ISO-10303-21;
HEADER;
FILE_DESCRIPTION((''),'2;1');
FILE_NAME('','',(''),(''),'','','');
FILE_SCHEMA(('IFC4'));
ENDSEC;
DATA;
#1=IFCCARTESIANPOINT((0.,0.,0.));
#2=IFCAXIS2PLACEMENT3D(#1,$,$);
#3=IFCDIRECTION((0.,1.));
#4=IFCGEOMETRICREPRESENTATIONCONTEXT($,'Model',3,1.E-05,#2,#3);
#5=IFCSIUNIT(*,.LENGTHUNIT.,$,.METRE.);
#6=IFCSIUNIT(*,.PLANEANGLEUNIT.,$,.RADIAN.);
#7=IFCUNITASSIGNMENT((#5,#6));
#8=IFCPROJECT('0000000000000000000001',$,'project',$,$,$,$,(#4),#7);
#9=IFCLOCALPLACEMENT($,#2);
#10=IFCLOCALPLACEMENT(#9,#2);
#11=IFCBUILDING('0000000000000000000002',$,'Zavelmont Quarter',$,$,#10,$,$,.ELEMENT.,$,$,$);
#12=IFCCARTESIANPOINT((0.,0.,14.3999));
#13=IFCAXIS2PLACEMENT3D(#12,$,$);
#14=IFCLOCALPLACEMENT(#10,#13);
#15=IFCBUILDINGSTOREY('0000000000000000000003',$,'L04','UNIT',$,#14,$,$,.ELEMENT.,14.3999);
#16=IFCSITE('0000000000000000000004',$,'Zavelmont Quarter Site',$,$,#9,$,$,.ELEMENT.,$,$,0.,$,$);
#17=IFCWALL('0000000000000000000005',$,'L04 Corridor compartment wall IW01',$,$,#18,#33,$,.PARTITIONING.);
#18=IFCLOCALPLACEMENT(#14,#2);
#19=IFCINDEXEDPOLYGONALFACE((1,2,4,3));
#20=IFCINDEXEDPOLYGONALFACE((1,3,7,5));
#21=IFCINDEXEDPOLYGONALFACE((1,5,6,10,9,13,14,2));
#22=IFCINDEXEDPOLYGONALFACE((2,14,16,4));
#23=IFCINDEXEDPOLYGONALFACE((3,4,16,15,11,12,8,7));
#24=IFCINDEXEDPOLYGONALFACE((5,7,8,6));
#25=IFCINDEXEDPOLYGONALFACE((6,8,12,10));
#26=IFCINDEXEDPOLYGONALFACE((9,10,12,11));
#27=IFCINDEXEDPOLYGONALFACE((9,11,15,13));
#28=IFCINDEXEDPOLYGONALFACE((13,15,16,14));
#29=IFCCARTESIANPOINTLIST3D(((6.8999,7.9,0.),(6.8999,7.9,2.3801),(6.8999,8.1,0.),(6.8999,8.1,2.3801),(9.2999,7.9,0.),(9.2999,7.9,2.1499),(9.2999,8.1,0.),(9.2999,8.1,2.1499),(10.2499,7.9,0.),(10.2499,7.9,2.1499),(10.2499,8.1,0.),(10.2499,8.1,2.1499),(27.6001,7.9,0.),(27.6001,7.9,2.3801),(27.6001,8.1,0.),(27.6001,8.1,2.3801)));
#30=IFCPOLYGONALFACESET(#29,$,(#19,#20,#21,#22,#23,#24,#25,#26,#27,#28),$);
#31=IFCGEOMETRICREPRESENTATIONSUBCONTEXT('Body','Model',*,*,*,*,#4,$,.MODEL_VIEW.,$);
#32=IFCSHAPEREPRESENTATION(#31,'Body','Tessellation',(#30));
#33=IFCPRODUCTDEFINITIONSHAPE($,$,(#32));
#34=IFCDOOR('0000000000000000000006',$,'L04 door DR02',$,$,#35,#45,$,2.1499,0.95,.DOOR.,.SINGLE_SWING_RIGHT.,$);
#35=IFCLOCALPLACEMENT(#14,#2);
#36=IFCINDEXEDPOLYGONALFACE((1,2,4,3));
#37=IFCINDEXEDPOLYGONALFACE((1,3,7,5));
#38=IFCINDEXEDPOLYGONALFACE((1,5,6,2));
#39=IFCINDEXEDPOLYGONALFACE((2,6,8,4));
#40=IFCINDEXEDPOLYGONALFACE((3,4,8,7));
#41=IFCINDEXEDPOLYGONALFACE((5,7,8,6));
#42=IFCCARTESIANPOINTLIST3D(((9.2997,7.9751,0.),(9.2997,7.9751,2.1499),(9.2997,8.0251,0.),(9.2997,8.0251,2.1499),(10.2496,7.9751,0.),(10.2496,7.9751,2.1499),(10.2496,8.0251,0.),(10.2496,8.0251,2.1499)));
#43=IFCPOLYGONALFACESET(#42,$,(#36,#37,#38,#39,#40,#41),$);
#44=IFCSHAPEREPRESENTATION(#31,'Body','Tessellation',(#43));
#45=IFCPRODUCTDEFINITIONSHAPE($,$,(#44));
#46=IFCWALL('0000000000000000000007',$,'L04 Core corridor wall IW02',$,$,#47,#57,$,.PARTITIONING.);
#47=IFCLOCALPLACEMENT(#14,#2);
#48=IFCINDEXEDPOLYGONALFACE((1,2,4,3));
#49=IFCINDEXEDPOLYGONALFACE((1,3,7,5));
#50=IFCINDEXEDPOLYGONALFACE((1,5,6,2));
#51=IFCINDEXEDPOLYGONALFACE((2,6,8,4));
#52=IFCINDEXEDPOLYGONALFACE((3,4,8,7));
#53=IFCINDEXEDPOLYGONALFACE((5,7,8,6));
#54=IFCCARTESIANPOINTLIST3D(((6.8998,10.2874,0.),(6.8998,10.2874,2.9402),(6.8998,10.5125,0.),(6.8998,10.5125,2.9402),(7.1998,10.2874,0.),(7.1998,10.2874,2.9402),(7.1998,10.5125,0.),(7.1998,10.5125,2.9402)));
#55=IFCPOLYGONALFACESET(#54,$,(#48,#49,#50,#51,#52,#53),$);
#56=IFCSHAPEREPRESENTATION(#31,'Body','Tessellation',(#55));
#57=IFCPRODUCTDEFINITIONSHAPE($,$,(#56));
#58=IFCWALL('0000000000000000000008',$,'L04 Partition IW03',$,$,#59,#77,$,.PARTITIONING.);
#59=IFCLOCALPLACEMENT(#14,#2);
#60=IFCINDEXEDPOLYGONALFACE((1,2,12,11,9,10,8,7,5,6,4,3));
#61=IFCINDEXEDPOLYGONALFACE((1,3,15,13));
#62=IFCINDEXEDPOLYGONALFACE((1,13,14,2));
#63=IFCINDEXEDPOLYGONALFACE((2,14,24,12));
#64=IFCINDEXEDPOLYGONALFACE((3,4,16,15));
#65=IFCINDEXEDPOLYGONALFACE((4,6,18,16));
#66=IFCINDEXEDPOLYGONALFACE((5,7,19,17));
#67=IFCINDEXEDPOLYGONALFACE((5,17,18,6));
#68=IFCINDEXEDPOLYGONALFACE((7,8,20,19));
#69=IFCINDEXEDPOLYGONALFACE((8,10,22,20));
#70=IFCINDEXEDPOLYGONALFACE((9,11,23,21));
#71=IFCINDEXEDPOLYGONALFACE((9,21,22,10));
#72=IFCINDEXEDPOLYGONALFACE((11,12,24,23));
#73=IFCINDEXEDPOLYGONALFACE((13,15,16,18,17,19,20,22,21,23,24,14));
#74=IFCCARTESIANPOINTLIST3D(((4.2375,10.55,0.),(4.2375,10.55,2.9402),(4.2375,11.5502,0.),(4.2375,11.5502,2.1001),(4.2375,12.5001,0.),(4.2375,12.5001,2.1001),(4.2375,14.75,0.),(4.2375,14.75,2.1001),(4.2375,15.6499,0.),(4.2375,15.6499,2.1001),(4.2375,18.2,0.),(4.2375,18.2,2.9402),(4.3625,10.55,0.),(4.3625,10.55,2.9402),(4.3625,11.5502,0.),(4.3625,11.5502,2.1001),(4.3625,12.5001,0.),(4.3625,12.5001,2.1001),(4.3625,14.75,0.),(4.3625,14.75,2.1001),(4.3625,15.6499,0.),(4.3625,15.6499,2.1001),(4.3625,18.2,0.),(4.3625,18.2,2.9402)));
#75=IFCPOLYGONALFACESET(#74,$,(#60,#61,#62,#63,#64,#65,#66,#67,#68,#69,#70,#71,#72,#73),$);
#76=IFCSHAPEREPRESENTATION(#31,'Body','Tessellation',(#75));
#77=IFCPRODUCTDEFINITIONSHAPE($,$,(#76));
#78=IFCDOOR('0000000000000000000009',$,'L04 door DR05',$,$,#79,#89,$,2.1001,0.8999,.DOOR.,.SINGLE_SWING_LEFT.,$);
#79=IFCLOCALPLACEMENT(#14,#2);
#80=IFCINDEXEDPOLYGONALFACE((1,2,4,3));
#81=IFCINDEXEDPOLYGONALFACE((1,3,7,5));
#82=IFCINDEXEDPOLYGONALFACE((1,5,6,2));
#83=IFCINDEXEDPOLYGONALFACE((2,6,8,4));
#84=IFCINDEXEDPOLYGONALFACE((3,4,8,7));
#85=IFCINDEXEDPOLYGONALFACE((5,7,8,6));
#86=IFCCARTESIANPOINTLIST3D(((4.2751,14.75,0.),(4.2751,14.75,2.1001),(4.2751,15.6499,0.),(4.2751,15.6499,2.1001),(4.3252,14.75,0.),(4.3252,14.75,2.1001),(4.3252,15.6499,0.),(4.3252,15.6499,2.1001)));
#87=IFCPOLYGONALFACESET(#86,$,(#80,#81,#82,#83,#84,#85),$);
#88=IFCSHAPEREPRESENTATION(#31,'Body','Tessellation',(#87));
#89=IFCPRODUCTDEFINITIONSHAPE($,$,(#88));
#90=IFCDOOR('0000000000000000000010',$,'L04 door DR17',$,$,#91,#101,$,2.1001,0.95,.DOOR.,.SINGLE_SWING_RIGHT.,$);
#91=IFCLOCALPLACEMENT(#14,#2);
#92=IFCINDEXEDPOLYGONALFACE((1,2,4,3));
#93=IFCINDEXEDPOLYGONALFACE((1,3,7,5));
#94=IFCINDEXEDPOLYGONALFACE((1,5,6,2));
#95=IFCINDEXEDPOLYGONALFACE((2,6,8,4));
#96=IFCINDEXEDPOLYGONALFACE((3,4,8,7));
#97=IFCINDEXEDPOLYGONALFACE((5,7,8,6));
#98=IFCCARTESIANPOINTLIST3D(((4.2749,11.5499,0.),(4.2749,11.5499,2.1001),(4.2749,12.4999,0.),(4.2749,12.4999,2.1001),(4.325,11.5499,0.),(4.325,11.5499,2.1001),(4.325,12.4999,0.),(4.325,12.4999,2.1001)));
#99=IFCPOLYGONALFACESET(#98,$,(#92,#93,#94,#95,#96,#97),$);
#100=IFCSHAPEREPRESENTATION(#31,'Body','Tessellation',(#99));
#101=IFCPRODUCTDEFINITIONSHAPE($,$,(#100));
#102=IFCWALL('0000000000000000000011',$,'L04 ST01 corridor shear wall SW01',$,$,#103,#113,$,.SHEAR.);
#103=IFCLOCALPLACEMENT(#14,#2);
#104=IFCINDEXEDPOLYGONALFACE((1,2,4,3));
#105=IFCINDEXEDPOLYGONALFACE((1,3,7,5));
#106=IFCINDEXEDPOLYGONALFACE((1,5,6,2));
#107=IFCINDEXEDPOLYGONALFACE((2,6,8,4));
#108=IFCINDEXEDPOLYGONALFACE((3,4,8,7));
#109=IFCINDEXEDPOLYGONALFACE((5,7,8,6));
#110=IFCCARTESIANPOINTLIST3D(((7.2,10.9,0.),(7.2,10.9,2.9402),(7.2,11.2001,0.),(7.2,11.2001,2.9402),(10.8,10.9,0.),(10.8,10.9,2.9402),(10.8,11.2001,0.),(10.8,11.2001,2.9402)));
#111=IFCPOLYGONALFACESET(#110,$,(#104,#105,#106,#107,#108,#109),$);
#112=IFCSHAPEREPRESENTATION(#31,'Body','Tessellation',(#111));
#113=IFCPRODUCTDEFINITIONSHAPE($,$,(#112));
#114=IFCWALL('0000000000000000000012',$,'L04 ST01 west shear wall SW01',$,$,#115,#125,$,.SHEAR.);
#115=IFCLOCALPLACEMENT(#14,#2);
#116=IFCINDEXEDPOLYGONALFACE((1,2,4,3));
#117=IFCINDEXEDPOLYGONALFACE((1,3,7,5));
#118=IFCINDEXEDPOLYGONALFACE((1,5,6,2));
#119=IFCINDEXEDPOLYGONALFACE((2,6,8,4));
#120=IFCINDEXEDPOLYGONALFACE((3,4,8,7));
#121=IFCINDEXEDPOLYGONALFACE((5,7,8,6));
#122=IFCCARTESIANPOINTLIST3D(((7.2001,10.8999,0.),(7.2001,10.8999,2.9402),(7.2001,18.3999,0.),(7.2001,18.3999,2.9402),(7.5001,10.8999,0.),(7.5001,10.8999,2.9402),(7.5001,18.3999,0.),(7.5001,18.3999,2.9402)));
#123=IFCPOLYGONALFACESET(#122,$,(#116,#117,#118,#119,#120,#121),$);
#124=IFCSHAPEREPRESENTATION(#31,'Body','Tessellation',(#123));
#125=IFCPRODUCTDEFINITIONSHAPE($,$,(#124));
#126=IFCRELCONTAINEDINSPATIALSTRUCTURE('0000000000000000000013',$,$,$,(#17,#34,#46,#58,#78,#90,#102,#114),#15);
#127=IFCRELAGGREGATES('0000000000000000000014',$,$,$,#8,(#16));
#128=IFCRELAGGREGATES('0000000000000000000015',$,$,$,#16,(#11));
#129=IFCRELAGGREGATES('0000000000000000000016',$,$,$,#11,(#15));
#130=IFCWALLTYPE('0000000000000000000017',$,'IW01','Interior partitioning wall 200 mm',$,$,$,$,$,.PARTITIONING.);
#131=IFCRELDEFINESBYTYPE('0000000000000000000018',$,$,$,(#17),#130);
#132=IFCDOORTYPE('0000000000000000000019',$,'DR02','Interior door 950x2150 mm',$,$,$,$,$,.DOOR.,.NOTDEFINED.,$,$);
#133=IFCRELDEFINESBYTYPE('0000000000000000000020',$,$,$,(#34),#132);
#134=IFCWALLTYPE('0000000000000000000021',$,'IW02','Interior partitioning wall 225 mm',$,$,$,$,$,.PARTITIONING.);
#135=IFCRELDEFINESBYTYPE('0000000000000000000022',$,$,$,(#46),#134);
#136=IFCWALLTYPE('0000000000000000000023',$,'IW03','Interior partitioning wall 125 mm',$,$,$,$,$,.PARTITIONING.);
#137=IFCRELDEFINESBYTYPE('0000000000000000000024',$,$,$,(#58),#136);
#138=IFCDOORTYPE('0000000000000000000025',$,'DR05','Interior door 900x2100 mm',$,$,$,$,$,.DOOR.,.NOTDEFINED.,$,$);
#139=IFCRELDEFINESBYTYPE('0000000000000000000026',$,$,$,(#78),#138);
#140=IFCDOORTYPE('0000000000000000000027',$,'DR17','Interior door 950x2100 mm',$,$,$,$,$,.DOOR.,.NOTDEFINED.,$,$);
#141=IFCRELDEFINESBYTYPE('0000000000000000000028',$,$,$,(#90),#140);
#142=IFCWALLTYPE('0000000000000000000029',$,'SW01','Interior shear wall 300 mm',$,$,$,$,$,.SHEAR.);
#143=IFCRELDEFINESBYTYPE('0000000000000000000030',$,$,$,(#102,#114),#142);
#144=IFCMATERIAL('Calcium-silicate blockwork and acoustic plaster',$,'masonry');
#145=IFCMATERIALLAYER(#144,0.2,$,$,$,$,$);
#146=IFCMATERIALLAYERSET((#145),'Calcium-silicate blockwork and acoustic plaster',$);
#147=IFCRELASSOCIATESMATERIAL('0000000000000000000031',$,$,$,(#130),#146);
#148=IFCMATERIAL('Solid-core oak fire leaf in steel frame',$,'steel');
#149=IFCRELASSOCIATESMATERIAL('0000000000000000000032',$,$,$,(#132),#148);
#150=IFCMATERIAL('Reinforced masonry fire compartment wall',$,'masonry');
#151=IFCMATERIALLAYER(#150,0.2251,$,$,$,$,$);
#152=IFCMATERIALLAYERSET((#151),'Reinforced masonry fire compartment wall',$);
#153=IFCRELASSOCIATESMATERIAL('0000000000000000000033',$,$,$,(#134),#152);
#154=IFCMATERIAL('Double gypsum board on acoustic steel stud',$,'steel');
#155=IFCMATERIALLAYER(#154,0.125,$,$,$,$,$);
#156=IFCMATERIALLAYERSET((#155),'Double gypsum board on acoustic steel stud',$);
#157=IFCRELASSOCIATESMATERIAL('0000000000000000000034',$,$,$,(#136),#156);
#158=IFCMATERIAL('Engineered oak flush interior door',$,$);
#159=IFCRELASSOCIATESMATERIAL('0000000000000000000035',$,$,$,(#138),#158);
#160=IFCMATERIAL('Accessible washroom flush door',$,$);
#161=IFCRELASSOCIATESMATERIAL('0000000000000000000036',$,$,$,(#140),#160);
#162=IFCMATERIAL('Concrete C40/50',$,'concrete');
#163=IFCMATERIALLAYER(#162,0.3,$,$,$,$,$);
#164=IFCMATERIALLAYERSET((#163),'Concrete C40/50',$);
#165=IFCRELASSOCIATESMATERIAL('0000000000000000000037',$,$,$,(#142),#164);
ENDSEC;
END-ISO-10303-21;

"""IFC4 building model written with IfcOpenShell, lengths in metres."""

from ifc_helpers import new_model, si_unit, direction, frame, frame_2d, origin, origin_with_axes, place, context, subcontext, project, spatial, rectangle, extrude, material, layer, layer_set, type_object, element, fill, save


model = new_model("IFC4")

# Units and contexts
model_context = context("Model", 3, precision=1e-05, world=origin(), true_north=direction((0.0, 1.0)))
body_context = subcontext(model_context, "Body", "Model", "MODEL_VIEW")
ifc_project = project(units=[si_unit("LENGTHUNIT", "METRE"), si_unit("PLANEANGLEUNIT", "RADIAN")], contexts=[model_context])

# Site, building, storey
site_placement = place(None, origin())
site = spatial("IfcSite", under=ifc_project, at=site_placement, Name="Zavelmont Quarter Site", CompositionType="ELEMENT", RefElevation=0.0)
building_placement = place(site_placement, origin())
building = spatial("IfcBuilding", under=site, at=building_placement, Name="Zavelmont Quarter", CompositionType="ELEMENT")
storey_placement = place(building_placement, frame((0.0, 0.0, 14.3999)))
storey = spatial("IfcBuildingStorey", under=building, at=storey_placement, Name="L04", Description="UNIT", CompositionType="ELEMENT", Elevation=14.3999)

# Shared definitions
ifc_material_1 = material(Name="Concrete C40/50", Category="concrete")

# Wall, opening, door
ifc_material_2 = material(Name="Calcium-silicate blockwork and acoustic plaster", Category="masonry")
ifc_layer_1 = layer(ifc_material_2, 0.2)
ifc_layer_set_1 = layer_set([ifc_layer_1], Name="Calcium-silicate blockwork and acoustic plaster")
wall_type_1 = type_object("IfcWallType", Name="IW01", Description="Interior partitioning wall 200 mm", PredefinedType="PARTITIONING", material=ifc_layer_set_1)
wall_1_placement = place(storey_placement, frame((6.8999, 8.0, 0.0), z_axis=(0.0, 0.0, 1.0), x_axis=(1.0, 0.0, 0.0)))
wall_1 = element("IfcWall", 1, at=wall_1_placement, inside=storey, type_object=wall_type_1, Name="L04 Corridor compartment wall IW01", PredefinedType="PARTITIONING", context=body_context, shape_type="SweptSolid", body=[
    extrude(rectangle(XDim=20.7002, YDim=0.2, at=frame_2d((10.3501, 0.0))), origin(), (0.0, 0.0, 1.0), 2.3801),
])
opening_1_placement = place(wall_1_placement, frame((2.3999, 0.0, 0.0)))
opening_1 = element("IfcOpeningElement", 2, at=opening_1_placement, cuts=wall_1, PredefinedType="OPENING", context=body_context, shape_type="SweptSolid", body=[
    extrude(rectangle(XDim=0.95, YDim=2.1499, at=frame_2d((0.4751, 1.075))), frame((0.0, 0.1118, 0.0), z_axis=(0.0, -1.0, 0.0), x_axis=(1.0, 0.0, 0.0)), (0.0, 0.0, 1.0), 0.2239),
])
ifc_material_3 = material(Name="Solid-core oak fire leaf in steel frame", Category="steel")
door_type_1 = type_object("IfcDoorType", Name="DR02", Description="Interior door 950x2150 mm", OperationType="NOTDEFINED", PredefinedType="DOOR", material=ifc_material_3)
door_1_placement = place(opening_1_placement, frame((0.95, 0.0, 0.0), z_axis=(0.0, 0.0, 1.0), x_axis=(-1.0, 0.0, 0.0)))
door_1 = element("IfcDoor", 3, at=door_1_placement, inside=storey, type_object=door_type_1, Name="L04 door DR02", OperationType="SINGLE_SWING_RIGHT", OverallHeight=2.1499, OverallWidth=0.95, PredefinedType="DOOR", context=body_context, shape_type="SweptSolid", body=[
    extrude(rectangle(XDim=0.95, YDim=2.1499, at=frame_2d((0.4751, 1.075))), frame((0.0, 0.0249, 0.0), z_axis=(0.0, -1.0, 0.0), x_axis=(1.0, 0.0, 0.0)), (0.0, 0.0, 1.0), 0.05),
])
fill(opening_1, door_1)

# Wall
ifc_material_4 = material(Name="Reinforced masonry fire compartment wall", Category="masonry")
ifc_layer_2 = layer(ifc_material_4, 0.2251)
ifc_layer_set_2 = layer_set([ifc_layer_2], Name="Reinforced masonry fire compartment wall")
wall_type_2 = type_object("IfcWallType", Name="IW02", Description="Interior partitioning wall 225 mm", PredefinedType="PARTITIONING", material=ifc_layer_set_2)
wall_2_placement = place(storey_placement, frame((6.8999, 10.3999, 0.0), z_axis=(0.0, 0.0, 1.0), x_axis=(1.0, 0.0, 0.0)))
element("IfcWall", 4, at=wall_2_placement, inside=storey, type_object=wall_type_2, Name="L04 Core corridor wall IW02", PredefinedType="PARTITIONING", context=body_context, shape_type="SweptSolid", body=[
    extrude(rectangle(XDim=0.3, YDim=0.2251, at=frame_2d((0.1499, 0.0))), origin(), (0.0, 0.0, 1.0), 2.9402),
])

# Wall, openings, doors
ifc_material_5 = material(Name="Double gypsum board on acoustic steel stud", Category="steel")
ifc_layer_3 = layer(ifc_material_5, 0.125)
ifc_layer_set_3 = layer_set([ifc_layer_3], Name="Double gypsum board on acoustic steel stud")
wall_type_3 = type_object("IfcWallType", Name="IW03", Description="Interior partitioning wall 125 mm", PredefinedType="PARTITIONING", material=ifc_layer_set_3)
wall_3_placement = place(storey_placement, frame((4.3, 10.55, 0.0), z_axis=(0.0, 0.0, 1.0), x_axis=(0.0, 1.0, 0.0)))
wall_3 = element("IfcWall", 5, at=wall_3_placement, inside=storey, type_object=wall_type_3, Name="L04 Partition IW03", PredefinedType="PARTITIONING", context=body_context, shape_type="SweptSolid", body=[
    extrude(rectangle(XDim=7.6499, YDim=0.125, at=frame_2d((3.825, 0.0))), origin(), (0.0, 0.0, 1.0), 2.9402),
])
opening_2_placement = place(wall_3_placement, frame((1.0, 0.0, 0.0)))
opening_2 = element("IfcOpeningElement", 6, at=opening_2_placement, cuts=wall_3, PredefinedType="OPENING", context=body_context, shape_type="SweptSolid", body=[
    extrude(rectangle(XDim=0.95, YDim=2.1001, at=frame_2d((0.4751, 1.05))), frame((0.0, 0.0745, 0.0), z_axis=(0.0, -1.0, 0.0), x_axis=(1.0, 0.0, 0.0)), (0.0, 0.0, 1.0), 0.1489),
])
opening_3_placement = place(wall_3_placement, frame((4.2, 0.0, 0.0)))
opening_3 = element("IfcOpeningElement", 7, at=opening_3_placement, cuts=wall_3, PredefinedType="OPENING", context=body_context, shape_type="SweptSolid", body=[
    extrude(rectangle(XDim=0.8999, YDim=2.1001, at=frame_2d((0.45, 1.05))), frame((0.0, 0.0745, 0.0), z_axis=(0.0, -1.0, 0.0), x_axis=(1.0, 0.0, 0.0)), (0.0, 0.0, 1.0), 0.1489),
])
ifc_material_6 = material(Name="Engineered oak flush interior door")
door_type_2 = type_object("IfcDoorType", Name="DR05", Description="Interior door 900x2100 mm", OperationType="NOTDEFINED", PredefinedType="DOOR", material=ifc_material_6)
door_2_placement = place(opening_3_placement, origin_with_axes())
door_2 = element("IfcDoor", 8, at=door_2_placement, inside=storey, type_object=door_type_2, Name="L04 door DR05", OperationType="SINGLE_SWING_LEFT", OverallHeight=2.1001, OverallWidth=0.8999, PredefinedType="DOOR", context=body_context, shape_type="SweptSolid", body=[
    extrude(rectangle(XDim=0.8999, YDim=2.1001, at=frame_2d((0.45, 1.05))), frame((0.0, 0.0249, 0.0), z_axis=(0.0, -1.0, 0.0), x_axis=(1.0, 0.0, 0.0)), (0.0, 0.0, 1.0), 0.05),
])
fill(opening_3, door_2)
ifc_material_7 = material(Name="Accessible washroom flush door")
door_type_3 = type_object("IfcDoorType", Name="DR17", Description="Interior door 950x2100 mm", OperationType="NOTDEFINED", PredefinedType="DOOR", material=ifc_material_7)
door_3_placement = place(opening_2_placement, frame((0.95, 0.0, 0.0), z_axis=(0.0, 0.0, 1.0), x_axis=(-1.0, 0.0, 0.0)))
door_3 = element("IfcDoor", 9, at=door_3_placement, inside=storey, type_object=door_type_3, Name="L04 door DR17", OperationType="SINGLE_SWING_RIGHT", OverallHeight=2.1001, OverallWidth=0.95, PredefinedType="DOOR", context=body_context, shape_type="SweptSolid", body=[
    extrude(rectangle(XDim=0.95, YDim=2.1001, at=frame_2d((0.4751, 1.05))), frame((0.0, 0.0249, 0.0), z_axis=(0.0, -1.0, 0.0), x_axis=(1.0, 0.0, 0.0)), (0.0, 0.0, 1.0), 0.05),
])
fill(opening_2, door_3)

# Walls
ifc_layer_4 = layer(ifc_material_1, 0.3)
ifc_layer_set_4 = layer_set([ifc_layer_4], Name="Concrete C40/50")
wall_type_4 = type_object("IfcWallType", Name="SW01", Description="Interior shear wall 300 mm", PredefinedType="SHEAR", material=ifc_layer_set_4)
wall_4_placement = place(storey_placement, frame((7.2, 11.05, 0.0), z_axis=(0.0, 0.0, 1.0), x_axis=(1.0, 0.0, 0.0)))
element("IfcWall", 10, at=wall_4_placement, inside=storey, type_object=wall_type_4, Name="L04 ST01 corridor shear wall SW01", PredefinedType="SHEAR", context=body_context, shape_type="SweptSolid", body=[
    extrude(rectangle(XDim=3.6001, YDim=0.3, at=frame_2d((1.8, 0.0))), origin(), (0.0, 0.0, 1.0), 2.9402),
])
wall_5_placement = place(storey_placement, frame((7.3501, 10.8999, 0.0), z_axis=(0.0, 0.0, 1.0), x_axis=(0.0, 1.0, 0.0)))
element("IfcWall", 11, at=wall_5_placement, inside=storey, type_object=wall_type_4, Name="L04 ST01 west shear wall SW01", PredefinedType="SHEAR", context=body_context, shape_type="SweptSolid", body=[
    extrude(rectangle(XDim=7.5, YDim=0.3, at=frame_2d((3.75, 0.0))), origin(), (0.0, 0.0, 1.0), 2.9402),
])

save(model, "model.ifc")
